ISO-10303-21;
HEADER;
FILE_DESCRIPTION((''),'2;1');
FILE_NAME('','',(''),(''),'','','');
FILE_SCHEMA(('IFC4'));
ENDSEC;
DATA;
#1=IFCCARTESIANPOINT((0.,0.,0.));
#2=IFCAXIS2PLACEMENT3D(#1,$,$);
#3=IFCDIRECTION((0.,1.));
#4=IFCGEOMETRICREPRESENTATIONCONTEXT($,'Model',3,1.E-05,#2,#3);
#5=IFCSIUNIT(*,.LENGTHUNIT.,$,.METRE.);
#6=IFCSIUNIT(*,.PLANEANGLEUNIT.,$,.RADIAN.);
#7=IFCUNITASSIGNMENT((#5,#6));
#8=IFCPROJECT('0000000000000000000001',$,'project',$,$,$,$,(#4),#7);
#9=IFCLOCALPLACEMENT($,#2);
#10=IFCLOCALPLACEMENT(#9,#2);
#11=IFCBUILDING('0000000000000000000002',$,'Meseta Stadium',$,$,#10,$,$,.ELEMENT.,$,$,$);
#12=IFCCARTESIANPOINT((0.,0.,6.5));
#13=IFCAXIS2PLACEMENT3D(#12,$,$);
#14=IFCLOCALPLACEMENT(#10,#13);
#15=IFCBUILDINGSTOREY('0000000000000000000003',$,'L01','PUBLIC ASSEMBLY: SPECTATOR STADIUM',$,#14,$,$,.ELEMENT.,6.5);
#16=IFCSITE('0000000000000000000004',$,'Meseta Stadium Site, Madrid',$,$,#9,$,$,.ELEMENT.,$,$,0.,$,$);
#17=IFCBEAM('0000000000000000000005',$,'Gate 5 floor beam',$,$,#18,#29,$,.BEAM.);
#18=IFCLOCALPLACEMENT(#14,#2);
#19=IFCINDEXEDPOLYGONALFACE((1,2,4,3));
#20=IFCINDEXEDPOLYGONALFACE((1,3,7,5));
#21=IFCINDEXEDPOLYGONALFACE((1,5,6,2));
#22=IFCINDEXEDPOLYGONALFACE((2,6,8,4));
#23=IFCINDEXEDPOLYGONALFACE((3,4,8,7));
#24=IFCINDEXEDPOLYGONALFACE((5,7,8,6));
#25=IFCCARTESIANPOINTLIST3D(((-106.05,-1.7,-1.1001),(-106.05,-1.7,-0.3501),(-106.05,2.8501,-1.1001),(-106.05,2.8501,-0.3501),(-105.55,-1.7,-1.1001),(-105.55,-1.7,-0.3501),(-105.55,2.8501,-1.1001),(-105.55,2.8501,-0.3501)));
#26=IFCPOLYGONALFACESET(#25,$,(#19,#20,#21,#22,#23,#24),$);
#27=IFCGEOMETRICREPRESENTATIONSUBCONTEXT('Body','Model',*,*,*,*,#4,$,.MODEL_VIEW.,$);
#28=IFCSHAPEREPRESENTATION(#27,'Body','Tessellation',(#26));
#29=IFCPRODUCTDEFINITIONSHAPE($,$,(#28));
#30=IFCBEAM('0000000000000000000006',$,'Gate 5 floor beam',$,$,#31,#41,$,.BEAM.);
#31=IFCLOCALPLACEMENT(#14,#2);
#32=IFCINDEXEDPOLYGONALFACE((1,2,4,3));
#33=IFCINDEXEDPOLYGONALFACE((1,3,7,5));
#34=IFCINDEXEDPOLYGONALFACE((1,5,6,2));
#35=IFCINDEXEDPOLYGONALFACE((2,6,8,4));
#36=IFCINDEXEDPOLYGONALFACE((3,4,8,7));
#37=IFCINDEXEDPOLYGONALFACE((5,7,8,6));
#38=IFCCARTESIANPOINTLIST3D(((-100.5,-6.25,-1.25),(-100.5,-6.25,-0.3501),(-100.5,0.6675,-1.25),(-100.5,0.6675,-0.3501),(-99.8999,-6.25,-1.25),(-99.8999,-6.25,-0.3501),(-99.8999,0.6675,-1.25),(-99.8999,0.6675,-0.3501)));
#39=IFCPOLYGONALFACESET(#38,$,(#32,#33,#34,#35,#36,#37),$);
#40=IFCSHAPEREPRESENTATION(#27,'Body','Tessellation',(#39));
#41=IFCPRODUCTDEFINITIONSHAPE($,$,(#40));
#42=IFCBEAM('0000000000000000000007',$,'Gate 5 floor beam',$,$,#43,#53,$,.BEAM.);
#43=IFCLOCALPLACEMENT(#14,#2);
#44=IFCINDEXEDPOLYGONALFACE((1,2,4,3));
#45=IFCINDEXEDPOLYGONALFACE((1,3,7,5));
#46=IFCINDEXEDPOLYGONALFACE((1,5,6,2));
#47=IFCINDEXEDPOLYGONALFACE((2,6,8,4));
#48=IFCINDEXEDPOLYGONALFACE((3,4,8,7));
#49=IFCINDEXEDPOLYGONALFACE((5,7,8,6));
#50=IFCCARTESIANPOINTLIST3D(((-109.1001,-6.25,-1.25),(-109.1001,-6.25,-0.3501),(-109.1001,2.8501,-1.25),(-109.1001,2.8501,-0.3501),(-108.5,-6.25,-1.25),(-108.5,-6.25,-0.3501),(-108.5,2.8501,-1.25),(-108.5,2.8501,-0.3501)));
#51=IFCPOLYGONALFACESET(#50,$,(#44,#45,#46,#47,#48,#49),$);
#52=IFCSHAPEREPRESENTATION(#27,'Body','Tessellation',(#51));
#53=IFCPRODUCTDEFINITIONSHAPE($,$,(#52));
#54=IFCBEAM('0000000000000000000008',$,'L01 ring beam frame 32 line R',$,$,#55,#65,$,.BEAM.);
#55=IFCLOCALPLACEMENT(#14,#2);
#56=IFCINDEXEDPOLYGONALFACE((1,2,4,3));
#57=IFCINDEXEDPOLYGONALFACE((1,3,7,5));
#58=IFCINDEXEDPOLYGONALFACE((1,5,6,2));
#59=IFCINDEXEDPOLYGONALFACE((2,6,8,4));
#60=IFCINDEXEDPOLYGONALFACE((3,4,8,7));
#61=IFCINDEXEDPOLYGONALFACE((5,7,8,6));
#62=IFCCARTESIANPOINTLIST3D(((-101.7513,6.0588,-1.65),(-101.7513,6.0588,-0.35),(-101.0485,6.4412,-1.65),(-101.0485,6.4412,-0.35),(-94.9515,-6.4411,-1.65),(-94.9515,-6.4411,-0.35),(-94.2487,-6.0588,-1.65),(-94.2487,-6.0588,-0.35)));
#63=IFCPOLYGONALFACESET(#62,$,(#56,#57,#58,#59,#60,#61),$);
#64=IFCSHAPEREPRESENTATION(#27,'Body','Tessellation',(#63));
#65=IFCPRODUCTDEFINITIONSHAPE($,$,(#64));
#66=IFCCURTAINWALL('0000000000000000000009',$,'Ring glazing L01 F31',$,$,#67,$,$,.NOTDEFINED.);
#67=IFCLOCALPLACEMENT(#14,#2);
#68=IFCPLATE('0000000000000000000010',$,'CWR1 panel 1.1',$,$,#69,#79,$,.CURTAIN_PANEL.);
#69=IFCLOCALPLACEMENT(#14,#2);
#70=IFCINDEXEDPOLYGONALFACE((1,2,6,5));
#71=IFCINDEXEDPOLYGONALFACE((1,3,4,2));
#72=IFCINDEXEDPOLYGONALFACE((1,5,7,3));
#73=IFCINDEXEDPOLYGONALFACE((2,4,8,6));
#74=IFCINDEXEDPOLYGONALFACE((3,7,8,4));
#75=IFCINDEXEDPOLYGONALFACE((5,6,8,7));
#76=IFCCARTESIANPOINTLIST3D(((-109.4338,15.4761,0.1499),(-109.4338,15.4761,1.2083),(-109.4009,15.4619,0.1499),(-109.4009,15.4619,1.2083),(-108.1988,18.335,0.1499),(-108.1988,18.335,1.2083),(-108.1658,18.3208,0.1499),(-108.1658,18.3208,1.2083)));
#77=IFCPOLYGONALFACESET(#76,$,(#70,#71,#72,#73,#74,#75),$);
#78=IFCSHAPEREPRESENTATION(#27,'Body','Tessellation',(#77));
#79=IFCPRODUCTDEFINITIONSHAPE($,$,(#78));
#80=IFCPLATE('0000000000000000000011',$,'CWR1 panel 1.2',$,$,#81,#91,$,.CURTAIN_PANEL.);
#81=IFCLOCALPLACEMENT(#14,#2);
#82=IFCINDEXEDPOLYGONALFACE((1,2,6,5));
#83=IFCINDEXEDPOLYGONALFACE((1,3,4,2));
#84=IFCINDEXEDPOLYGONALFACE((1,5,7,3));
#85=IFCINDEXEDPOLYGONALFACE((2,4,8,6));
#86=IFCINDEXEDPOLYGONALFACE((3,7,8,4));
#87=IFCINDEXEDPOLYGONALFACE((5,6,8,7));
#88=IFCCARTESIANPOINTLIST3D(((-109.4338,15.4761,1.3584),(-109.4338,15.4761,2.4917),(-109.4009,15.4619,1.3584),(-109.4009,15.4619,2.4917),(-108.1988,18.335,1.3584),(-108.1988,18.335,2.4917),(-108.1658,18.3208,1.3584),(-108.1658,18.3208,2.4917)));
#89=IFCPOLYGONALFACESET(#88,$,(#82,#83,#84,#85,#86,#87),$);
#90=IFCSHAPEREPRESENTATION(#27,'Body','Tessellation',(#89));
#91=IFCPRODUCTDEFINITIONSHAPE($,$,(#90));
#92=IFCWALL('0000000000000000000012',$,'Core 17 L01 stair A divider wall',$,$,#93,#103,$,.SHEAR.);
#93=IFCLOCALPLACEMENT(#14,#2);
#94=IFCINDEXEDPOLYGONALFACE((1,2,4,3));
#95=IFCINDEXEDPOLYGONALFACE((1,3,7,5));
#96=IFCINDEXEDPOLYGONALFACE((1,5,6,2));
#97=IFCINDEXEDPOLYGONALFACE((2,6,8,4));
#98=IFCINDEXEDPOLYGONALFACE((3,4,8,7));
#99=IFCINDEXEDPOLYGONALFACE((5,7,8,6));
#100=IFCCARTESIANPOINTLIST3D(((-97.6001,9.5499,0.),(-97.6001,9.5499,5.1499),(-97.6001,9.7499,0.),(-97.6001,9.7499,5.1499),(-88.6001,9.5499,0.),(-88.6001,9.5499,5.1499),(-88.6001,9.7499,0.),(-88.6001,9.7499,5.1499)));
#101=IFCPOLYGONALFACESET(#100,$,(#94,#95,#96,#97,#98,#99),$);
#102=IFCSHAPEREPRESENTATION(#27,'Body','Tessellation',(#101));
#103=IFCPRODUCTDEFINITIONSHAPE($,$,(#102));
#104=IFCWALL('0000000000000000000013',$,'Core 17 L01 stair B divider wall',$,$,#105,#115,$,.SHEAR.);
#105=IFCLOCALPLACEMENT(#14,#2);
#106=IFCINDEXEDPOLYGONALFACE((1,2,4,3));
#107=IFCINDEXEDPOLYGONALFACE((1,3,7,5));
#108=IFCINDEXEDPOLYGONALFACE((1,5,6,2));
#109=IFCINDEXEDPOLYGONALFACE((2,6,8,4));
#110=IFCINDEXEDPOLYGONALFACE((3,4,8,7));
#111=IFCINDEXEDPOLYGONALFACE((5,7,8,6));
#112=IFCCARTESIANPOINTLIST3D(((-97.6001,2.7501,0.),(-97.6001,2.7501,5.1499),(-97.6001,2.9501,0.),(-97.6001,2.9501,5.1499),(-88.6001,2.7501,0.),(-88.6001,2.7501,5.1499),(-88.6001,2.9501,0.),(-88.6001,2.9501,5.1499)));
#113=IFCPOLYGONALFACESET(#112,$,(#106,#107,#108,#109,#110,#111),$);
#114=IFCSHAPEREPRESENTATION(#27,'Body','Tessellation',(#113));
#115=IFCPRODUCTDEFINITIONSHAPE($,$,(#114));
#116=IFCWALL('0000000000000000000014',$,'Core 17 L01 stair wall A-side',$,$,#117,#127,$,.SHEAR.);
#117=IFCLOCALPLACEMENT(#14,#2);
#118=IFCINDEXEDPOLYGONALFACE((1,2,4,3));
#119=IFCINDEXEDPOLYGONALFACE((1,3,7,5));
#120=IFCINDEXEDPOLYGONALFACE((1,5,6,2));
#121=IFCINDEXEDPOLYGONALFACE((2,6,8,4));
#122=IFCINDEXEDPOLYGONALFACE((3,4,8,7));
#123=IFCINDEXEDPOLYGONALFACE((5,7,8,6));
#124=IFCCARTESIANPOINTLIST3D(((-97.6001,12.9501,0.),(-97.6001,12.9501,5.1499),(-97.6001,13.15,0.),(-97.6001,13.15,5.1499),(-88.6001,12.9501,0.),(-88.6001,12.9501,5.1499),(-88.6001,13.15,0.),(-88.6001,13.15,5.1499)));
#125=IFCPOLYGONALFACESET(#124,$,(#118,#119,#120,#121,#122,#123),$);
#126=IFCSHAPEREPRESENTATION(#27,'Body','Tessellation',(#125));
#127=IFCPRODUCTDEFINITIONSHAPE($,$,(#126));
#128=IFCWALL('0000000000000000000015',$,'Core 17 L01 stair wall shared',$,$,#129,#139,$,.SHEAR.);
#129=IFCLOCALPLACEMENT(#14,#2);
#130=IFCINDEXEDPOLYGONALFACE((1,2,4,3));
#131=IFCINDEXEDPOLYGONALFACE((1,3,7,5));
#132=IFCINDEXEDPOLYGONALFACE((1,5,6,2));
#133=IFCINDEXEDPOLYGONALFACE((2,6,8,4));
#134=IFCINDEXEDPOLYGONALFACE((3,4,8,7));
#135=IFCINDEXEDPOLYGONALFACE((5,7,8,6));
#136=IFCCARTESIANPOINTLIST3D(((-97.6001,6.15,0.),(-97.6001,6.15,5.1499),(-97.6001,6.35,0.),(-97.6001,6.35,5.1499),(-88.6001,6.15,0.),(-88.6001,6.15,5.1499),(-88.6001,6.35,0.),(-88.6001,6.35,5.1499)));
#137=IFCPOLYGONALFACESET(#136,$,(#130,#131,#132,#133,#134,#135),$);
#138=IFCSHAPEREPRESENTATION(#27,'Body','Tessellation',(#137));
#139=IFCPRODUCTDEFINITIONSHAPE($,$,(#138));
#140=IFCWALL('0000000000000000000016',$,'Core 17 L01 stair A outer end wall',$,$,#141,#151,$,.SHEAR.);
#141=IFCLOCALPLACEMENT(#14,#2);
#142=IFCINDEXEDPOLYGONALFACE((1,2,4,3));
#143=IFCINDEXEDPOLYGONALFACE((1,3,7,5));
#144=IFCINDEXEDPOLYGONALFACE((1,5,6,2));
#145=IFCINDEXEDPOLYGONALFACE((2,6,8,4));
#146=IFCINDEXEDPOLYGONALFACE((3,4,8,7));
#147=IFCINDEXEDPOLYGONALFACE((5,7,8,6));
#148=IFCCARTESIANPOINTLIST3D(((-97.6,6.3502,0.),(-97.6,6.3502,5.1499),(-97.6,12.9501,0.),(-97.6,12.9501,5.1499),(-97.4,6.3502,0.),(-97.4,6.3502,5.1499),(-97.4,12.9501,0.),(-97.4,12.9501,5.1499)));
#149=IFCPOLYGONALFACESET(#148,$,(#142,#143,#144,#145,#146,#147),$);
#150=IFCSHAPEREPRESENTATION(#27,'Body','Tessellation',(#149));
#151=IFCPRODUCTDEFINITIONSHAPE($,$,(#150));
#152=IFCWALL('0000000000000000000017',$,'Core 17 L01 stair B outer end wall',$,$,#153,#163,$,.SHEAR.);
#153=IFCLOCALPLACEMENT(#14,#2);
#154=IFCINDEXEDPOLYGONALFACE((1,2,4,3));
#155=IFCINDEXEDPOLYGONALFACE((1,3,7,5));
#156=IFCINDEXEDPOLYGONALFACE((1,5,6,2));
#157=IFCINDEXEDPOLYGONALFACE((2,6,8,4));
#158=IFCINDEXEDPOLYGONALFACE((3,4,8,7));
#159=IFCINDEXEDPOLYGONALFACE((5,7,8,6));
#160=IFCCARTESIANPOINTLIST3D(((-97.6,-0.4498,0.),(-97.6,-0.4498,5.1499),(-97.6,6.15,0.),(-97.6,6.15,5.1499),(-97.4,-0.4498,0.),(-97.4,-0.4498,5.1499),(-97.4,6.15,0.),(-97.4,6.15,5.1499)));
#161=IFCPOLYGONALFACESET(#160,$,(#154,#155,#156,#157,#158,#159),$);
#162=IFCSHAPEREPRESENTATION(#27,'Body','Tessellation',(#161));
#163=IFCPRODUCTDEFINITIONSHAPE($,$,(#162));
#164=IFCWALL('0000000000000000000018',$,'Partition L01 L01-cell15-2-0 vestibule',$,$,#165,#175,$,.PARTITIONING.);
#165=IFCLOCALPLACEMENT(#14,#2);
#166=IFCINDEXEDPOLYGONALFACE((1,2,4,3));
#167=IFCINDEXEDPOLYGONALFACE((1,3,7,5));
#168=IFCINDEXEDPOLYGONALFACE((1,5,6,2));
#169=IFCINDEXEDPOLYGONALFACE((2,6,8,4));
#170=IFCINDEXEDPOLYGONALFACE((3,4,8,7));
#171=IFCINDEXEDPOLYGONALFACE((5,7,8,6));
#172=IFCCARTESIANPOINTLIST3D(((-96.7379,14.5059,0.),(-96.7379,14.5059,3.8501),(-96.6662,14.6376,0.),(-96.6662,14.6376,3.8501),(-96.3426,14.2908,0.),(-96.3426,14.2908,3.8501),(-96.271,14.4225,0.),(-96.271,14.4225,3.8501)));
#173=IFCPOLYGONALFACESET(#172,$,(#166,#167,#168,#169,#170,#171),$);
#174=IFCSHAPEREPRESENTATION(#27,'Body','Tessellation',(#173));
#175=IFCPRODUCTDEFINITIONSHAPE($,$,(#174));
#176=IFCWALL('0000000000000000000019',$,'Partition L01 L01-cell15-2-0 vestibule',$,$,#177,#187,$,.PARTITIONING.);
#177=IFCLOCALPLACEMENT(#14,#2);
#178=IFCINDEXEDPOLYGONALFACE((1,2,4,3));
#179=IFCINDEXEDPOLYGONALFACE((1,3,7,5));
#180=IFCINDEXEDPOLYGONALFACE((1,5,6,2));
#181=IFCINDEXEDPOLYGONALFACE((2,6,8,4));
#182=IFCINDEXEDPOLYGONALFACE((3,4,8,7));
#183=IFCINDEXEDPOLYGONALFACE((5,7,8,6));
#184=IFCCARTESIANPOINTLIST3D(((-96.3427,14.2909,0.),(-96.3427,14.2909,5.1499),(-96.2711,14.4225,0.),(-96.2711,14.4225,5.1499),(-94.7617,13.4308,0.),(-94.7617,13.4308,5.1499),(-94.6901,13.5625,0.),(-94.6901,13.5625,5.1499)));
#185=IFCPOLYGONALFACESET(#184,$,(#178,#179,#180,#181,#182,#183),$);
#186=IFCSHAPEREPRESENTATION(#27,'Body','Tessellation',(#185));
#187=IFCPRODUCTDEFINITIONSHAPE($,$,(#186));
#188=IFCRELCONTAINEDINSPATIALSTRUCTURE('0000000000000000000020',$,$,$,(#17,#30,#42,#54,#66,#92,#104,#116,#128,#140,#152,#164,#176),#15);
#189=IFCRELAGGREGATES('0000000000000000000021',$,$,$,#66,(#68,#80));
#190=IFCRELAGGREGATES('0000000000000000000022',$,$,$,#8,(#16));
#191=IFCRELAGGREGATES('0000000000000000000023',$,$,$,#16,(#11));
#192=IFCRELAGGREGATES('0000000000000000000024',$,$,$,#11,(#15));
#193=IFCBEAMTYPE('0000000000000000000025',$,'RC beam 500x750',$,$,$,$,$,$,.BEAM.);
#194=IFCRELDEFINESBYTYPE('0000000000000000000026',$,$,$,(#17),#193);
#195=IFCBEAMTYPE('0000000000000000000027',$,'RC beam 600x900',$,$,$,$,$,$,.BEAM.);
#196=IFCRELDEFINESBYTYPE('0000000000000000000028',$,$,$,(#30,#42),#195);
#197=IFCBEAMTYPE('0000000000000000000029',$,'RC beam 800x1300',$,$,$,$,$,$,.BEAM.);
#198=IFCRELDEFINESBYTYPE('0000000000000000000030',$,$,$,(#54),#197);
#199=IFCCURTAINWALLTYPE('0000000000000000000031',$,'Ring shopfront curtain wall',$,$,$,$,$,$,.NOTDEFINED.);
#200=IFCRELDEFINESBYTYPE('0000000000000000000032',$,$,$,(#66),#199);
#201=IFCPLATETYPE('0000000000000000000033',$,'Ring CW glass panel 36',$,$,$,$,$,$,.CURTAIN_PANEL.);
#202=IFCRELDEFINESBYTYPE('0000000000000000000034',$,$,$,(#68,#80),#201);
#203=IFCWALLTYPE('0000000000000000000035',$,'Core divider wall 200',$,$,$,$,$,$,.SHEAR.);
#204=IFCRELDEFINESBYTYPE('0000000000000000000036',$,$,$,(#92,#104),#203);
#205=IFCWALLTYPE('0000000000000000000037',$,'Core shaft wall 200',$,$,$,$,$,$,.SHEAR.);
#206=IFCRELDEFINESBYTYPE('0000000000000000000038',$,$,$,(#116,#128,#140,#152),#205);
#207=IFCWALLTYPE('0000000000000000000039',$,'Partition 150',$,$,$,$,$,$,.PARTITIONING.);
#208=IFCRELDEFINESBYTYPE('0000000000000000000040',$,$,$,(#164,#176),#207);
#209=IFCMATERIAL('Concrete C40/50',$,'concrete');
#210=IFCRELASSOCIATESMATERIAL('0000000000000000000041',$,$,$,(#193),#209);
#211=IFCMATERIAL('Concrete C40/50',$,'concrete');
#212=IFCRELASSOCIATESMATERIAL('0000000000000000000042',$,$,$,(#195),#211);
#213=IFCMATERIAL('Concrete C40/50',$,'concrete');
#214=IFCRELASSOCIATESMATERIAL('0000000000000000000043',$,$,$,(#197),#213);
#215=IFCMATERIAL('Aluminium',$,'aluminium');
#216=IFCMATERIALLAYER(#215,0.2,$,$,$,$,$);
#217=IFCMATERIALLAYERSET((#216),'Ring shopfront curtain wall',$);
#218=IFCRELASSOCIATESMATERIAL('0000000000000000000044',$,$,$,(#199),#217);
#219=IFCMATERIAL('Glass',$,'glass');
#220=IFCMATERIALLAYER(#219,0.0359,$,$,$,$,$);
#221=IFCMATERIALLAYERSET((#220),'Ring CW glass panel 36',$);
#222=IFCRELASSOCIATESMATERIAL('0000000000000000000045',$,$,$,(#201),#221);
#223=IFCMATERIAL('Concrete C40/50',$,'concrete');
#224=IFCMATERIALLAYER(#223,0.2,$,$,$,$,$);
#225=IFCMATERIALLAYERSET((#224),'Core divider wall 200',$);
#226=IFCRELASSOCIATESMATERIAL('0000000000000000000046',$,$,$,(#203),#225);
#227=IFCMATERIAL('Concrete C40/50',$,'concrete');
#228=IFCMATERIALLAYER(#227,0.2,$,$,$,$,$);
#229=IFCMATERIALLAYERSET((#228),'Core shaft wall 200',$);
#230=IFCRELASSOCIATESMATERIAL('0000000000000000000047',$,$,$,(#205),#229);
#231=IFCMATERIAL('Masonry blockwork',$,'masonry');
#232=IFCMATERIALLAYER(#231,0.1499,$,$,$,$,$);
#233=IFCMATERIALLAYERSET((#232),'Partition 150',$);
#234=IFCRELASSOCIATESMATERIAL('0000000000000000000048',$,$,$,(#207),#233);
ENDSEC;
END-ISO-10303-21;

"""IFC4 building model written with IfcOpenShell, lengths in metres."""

from ifc_helpers import new_model, si_unit, direction, frame, frame_2d, origin, origin_2d, place, context, subcontext, project, spatial, rectangle, extrude, material, layer, layer_set, material_profile, profile_set, type_object, element, aggregate, save


model = new_model("IFC4")

# Units and contexts
model_context = context("Model", 3, precision=1e-05, world=origin(), true_north=direction((0.0, 1.0)))
body_context = subcontext(model_context, "Body", "Model", "MODEL_VIEW")
ifc_project = project(units=[si_unit("LENGTHUNIT", "METRE"), si_unit("PLANEANGLEUNIT", "RADIAN")], contexts=[model_context])

# Site, building, storey
site_placement = place(None, origin())
site = spatial("IfcSite", under=ifc_project, at=site_placement, Name="Meseta Stadium Site, Madrid", CompositionType="ELEMENT", RefElevation=0.0)
building_placement = place(site_placement, origin())
building = spatial("IfcBuilding", under=site, at=building_placement, Name="Meseta Stadium", CompositionType="ELEMENT")
storey_placement = place(building_placement, frame((0.0, 0.0, 6.5)))
storey = spatial("IfcBuildingStorey", under=building, at=storey_placement, Name="L01", Description="PUBLIC ASSEMBLY: SPECTATOR STADIUM", CompositionType="ELEMENT", Elevation=6.5)

# Beams
ifc_material_1 = material(Name="Concrete C40/50", Category="concrete")
ifc_material_profile_1 = material_profile(ifc_material_1, rectangle(XDim=0.5, YDim=0.75, at=origin_2d()), Name="RC 500x750")
ifc_profile_set_1 = profile_set([ifc_material_profile_1], Name="Concrete C40/50")
beam_type_1 = type_object("IfcBeamType", Name="RC beam 500x750", PredefinedType="BEAM", material=ifc_profile_set_1)
for number, where, z_axis, x_axis, name in (
    (1, (-105.8, 2.8501, -0.7251), (0.0, -1.0, 0.0), (1.0, 0.0, 0.0), "Gate 5 floor beam"),
):
    element("IfcBeam", number, at=place(storey_placement, frame(where, z_axis=z_axis, x_axis=x_axis)), inside=storey, type_object=beam_type_1, Name=name, PredefinedType="BEAM", context=body_context, shape_type="SweptSolid", body=[
        extrude(rectangle(XDim=0.5, YDim=0.75, at=origin_2d()), origin(), (0.0, 0.0, 1.0), 4.55),
    ])
ifc_material_2 = material(Name="Concrete C40/50", Category="concrete")
ifc_material_profile_2 = material_profile(ifc_material_2, rectangle(XDim=0.6001, YDim=0.8999, at=origin_2d()), Name="RC 600x900")
ifc_profile_set_2 = profile_set([ifc_material_profile_2], Name="Concrete C40/50")
beam_type_2 = type_object("IfcBeamType", Name="RC beam 600x900", PredefinedType="BEAM", material=ifc_profile_set_2)
beam_1_placement = place(storey_placement, frame((-100.2, 0.6675, -0.8), z_axis=(0.0, -1.0, 0.0), x_axis=(1.0, 0.0, 0.0)))
element("IfcBeam", 2, at=beam_1_placement, inside=storey, type_object=beam_type_2, Name="Gate 5 floor beam", PredefinedType="BEAM", context=body_context, shape_type="SweptSolid", body=[
    extrude(rectangle(XDim=0.6001, YDim=0.8999, at=origin_2d()), origin(), (0.0, 0.0, 1.0), 6.9175),
])
beam_2_placement = place(storey_placement, frame((-108.8, 2.8501, -0.8), z_axis=(0.0, -1.0, 0.0), x_axis=(1.0, 0.0, 0.0)))
element("IfcBeam", 3, at=beam_2_placement, inside=storey, type_object=beam_type_2, Name="Gate 5 floor beam", PredefinedType="BEAM", context=body_context, shape_type="SweptSolid", body=[
    extrude(rectangle(XDim=0.6001, YDim=0.8999, at=origin_2d()), origin(), (0.0, 0.0, 1.0), 9.1001),
])
ifc_material_3 = material(Name="Concrete C40/50", Category="concrete")
ifc_material_profile_3 = material_profile(ifc_material_3, rectangle(XDim=0.8, YDim=1.3, at=origin_2d()), Name="RC 800x1300")
ifc_profile_set_3 = profile_set([ifc_material_profile_3], Name="Concrete C40/50")
beam_type_3 = type_object("IfcBeamType", Name="RC beam 800x1300", PredefinedType="BEAM", material=ifc_profile_set_3)
beam_3_placement = place(storey_placement, frame((-101.3999, 6.25, -1.0), z_axis=(0.477856, -0.878438, 0.0), x_axis=(0.878438, 0.477856, 0.0)))
element("IfcBeam", 4, at=beam_3_placement, inside=storey, type_object=beam_type_3, Name="L01 ring beam frame 32 line R", PredefinedType="BEAM", context=body_context, shape_type="SweptSolid", body=[
    extrude(rectangle(XDim=0.8, YDim=1.3, at=origin_2d()), origin(), (0.0, 0.0, 1.0), 14.2297),
])

# Curtain wall, plates
ifc_material_4 = material(Name="Aluminium", Category="aluminium")
ifc_layer_1 = layer(ifc_material_4, 0.2)
ifc_layer_set_1 = layer_set([ifc_layer_1], Name="Ring shopfront curtain wall")
curtain_wall_type = type_object("IfcCurtainWallType", Name="Ring shopfront curtain wall", PredefinedType="NOTDEFINED", material=ifc_layer_set_1)
curtain_wall_placement = place(storey_placement, origin())
curtain_wall = element("IfcCurtainWall", 5, at=curtain_wall_placement, inside=storey, type_object=curtain_wall_type, Name="Ring glazing L01 F31", PredefinedType="NOTDEFINED")
ifc_material_5 = material(Name="Glass", Category="glass")
ifc_layer_2 = layer(ifc_material_5, 0.0359)
ifc_layer_set_2 = layer_set([ifc_layer_2], Name="Ring CW glass panel 36")
plate_type = type_object("IfcPlateType", Name="Ring CW glass panel 36", PredefinedType="CURTAIN_PANEL", material=ifc_layer_set_2)
plate_1_placement = place(storey_placement, frame((-108.7998, 16.8984, 0.1499), z_axis=(0.0, 0.0, 1.0), x_axis=(-0.396581, -0.918, 0.0)))
plate_1 = element("IfcPlate", 6, at=plate_1_placement, type_object=plate_type, Name="CWR1 panel 1.1", PredefinedType="CURTAIN_PANEL", context=body_context, shape_type="SweptSolid", body=[
    extrude(rectangle(XDim=3.1143, YDim=0.0359, at=origin_2d()), origin(), (0.0, 0.0, 1.0), 1.0583),
])
plate_2_placement = place(storey_placement, frame((-108.7998, 16.8984, 1.3584), z_axis=(0.0, 0.0, 1.0), x_axis=(-0.396581, -0.918, 0.0)))
plate_2 = element("IfcPlate", 7, at=plate_2_placement, type_object=plate_type, Name="CWR1 panel 1.2", PredefinedType="CURTAIN_PANEL", context=body_context, shape_type="SweptSolid", body=[
    extrude(rectangle(XDim=3.1143, YDim=0.0359, at=origin_2d()), origin(), (0.0, 0.0, 1.0), 1.1333),
])
aggregate(curtain_wall, [plate_1, plate_2])

# Walls
ifc_material_6 = material(Name="Concrete C40/50", Category="concrete")
ifc_layer_3 = layer(ifc_material_6, 0.2)
ifc_layer_set_3 = layer_set([ifc_layer_3], Name="Core divider wall 200")
wall_type_1 = type_object("IfcWallType", Name="Core divider wall 200", PredefinedType="SHEAR", material=ifc_layer_set_3)
for number, where, z_axis, x_axis, name in (
    (8, (-97.6001, 9.6499, 0.0), (0.0, 0.0, 1.0), (1.0, 0.0, 0.0), "Core 17 L01 stair A divider wall"),
    (9, (-97.6001, 2.8501, 0.0), (0.0, 0.0, 1.0), (1.0, 0.0, 0.0), "Core 17 L01 stair B divider wall"),
):
    element("IfcWall", number, at=place(storey_placement, frame(where, z_axis=z_axis, x_axis=x_axis)), inside=storey, type_object=wall_type_1, Name=name, PredefinedType="SHEAR", context=body_context, shape_type="SweptSolid", body=[
        extrude(rectangle(XDim=9.0, YDim=0.2, at=frame_2d((4.5, 0.0))), origin(), (0.0, 0.0, 1.0), 5.1499),
    ])
ifc_material_7 = material(Name="Concrete C40/50", Category="concrete")
ifc_layer_4 = layer(ifc_material_7, 0.2)
ifc_layer_set_4 = layer_set([ifc_layer_4], Name="Core shaft wall 200")
wall_type_2 = type_object("IfcWallType", Name="Core shaft wall 200", PredefinedType="SHEAR", material=ifc_layer_set_4)
for number, where, z_axis, x_axis, name in (
    (10, (-97.6001, 13.05, 0.0), (0.0, 0.0, 1.0), (1.0, 0.0, 0.0), "Core 17 L01 stair wall A-side"),
    (11, (-97.6001, 6.25, 0.0), (0.0, 0.0, 1.0), (1.0, 0.0, 0.0), "Core 17 L01 stair wall shared"),
):
    element("IfcWall", number, at=place(storey_placement, frame(where, z_axis=z_axis, x_axis=x_axis)), inside=storey, type_object=wall_type_2, Name=name, PredefinedType="SHEAR", context=body_context, shape_type="SweptSolid", body=[
        extrude(rectangle(XDim=9.0, YDim=0.2, at=frame_2d((4.5, 0.0))), origin(), (0.0, 0.0, 1.0), 5.1499),
    ])
for number, where, z_axis, x_axis, name in (
    (12, (-97.5, 12.95, 0.0), (0.0, 0.0, 1.0), (0.0, -1.0, 0.0), "Core 17 L01 stair A outer end wall"),
    (13, (-97.5, 6.1499, 0.0), (0.0, 0.0, 1.0), (0.0, -1.0, 0.0), "Core 17 L01 stair B outer end wall"),
):
    element("IfcWall", number, at=place(storey_placement, frame(where, z_axis=z_axis, x_axis=x_axis)), inside=storey, type_object=wall_type_2, Name=name, PredefinedType="SHEAR", context=body_context, shape_type="SweptSolid", body=[
        extrude(rectangle(XDim=6.5999, YDim=0.2, at=frame_2d((3.2998, 0.0))), origin(), (0.0, 0.0, 1.0), 5.1499),
    ])
ifc_material_8 = material(Name="Masonry blockwork", Category="masonry")
ifc_layer_5 = layer(ifc_material_8, 0.1499)
ifc_layer_set_5 = layer_set([ifc_layer_5], Name="Partition 150")
wall_type_3 = type_object("IfcWallType", Name="Partition 150", PredefinedType="PARTITIONING", material=ifc_layer_set_5)
wall_1_placement = place(storey_placement, frame((-96.7021, 14.5718, 0.0), z_axis=(0.0, 0.0, 1.0), x_axis=(0.878372, -0.477978, 0.0)))
element("IfcWall", 14, at=wall_1_placement, inside=storey, type_object=wall_type_3, Name="Partition L01 L01-cell15-2-0 vestibule", PredefinedType="PARTITIONING", context=body_context, shape_type="SweptSolid", body=[
    extrude(rectangle(XDim=0.45, YDim=0.1499, at=frame_2d((0.2251, 0.0))), origin(), (0.0, 0.0, 1.0), 3.8501),
])
wall_2_placement = place(storey_placement, frame((-96.3069, 14.3567, 0.0), z_axis=(0.0, 0.0, 1.0), x_axis=(0.878429, -0.477873, 0.0)))
element("IfcWall", 15, at=wall_2_placement, inside=storey, type_object=wall_type_3, Name="Partition L01 L01-cell15-2-0 vestibule", PredefinedType="PARTITIONING", context=body_context, shape_type="SweptSolid", body=[
    extrude(rectangle(XDim=1.7998, YDim=0.1499, at=frame_2d((0.8999, 0.0))), origin(), (0.0, 0.0, 1.0), 5.1499),
])

save(model, "model.ifc")
